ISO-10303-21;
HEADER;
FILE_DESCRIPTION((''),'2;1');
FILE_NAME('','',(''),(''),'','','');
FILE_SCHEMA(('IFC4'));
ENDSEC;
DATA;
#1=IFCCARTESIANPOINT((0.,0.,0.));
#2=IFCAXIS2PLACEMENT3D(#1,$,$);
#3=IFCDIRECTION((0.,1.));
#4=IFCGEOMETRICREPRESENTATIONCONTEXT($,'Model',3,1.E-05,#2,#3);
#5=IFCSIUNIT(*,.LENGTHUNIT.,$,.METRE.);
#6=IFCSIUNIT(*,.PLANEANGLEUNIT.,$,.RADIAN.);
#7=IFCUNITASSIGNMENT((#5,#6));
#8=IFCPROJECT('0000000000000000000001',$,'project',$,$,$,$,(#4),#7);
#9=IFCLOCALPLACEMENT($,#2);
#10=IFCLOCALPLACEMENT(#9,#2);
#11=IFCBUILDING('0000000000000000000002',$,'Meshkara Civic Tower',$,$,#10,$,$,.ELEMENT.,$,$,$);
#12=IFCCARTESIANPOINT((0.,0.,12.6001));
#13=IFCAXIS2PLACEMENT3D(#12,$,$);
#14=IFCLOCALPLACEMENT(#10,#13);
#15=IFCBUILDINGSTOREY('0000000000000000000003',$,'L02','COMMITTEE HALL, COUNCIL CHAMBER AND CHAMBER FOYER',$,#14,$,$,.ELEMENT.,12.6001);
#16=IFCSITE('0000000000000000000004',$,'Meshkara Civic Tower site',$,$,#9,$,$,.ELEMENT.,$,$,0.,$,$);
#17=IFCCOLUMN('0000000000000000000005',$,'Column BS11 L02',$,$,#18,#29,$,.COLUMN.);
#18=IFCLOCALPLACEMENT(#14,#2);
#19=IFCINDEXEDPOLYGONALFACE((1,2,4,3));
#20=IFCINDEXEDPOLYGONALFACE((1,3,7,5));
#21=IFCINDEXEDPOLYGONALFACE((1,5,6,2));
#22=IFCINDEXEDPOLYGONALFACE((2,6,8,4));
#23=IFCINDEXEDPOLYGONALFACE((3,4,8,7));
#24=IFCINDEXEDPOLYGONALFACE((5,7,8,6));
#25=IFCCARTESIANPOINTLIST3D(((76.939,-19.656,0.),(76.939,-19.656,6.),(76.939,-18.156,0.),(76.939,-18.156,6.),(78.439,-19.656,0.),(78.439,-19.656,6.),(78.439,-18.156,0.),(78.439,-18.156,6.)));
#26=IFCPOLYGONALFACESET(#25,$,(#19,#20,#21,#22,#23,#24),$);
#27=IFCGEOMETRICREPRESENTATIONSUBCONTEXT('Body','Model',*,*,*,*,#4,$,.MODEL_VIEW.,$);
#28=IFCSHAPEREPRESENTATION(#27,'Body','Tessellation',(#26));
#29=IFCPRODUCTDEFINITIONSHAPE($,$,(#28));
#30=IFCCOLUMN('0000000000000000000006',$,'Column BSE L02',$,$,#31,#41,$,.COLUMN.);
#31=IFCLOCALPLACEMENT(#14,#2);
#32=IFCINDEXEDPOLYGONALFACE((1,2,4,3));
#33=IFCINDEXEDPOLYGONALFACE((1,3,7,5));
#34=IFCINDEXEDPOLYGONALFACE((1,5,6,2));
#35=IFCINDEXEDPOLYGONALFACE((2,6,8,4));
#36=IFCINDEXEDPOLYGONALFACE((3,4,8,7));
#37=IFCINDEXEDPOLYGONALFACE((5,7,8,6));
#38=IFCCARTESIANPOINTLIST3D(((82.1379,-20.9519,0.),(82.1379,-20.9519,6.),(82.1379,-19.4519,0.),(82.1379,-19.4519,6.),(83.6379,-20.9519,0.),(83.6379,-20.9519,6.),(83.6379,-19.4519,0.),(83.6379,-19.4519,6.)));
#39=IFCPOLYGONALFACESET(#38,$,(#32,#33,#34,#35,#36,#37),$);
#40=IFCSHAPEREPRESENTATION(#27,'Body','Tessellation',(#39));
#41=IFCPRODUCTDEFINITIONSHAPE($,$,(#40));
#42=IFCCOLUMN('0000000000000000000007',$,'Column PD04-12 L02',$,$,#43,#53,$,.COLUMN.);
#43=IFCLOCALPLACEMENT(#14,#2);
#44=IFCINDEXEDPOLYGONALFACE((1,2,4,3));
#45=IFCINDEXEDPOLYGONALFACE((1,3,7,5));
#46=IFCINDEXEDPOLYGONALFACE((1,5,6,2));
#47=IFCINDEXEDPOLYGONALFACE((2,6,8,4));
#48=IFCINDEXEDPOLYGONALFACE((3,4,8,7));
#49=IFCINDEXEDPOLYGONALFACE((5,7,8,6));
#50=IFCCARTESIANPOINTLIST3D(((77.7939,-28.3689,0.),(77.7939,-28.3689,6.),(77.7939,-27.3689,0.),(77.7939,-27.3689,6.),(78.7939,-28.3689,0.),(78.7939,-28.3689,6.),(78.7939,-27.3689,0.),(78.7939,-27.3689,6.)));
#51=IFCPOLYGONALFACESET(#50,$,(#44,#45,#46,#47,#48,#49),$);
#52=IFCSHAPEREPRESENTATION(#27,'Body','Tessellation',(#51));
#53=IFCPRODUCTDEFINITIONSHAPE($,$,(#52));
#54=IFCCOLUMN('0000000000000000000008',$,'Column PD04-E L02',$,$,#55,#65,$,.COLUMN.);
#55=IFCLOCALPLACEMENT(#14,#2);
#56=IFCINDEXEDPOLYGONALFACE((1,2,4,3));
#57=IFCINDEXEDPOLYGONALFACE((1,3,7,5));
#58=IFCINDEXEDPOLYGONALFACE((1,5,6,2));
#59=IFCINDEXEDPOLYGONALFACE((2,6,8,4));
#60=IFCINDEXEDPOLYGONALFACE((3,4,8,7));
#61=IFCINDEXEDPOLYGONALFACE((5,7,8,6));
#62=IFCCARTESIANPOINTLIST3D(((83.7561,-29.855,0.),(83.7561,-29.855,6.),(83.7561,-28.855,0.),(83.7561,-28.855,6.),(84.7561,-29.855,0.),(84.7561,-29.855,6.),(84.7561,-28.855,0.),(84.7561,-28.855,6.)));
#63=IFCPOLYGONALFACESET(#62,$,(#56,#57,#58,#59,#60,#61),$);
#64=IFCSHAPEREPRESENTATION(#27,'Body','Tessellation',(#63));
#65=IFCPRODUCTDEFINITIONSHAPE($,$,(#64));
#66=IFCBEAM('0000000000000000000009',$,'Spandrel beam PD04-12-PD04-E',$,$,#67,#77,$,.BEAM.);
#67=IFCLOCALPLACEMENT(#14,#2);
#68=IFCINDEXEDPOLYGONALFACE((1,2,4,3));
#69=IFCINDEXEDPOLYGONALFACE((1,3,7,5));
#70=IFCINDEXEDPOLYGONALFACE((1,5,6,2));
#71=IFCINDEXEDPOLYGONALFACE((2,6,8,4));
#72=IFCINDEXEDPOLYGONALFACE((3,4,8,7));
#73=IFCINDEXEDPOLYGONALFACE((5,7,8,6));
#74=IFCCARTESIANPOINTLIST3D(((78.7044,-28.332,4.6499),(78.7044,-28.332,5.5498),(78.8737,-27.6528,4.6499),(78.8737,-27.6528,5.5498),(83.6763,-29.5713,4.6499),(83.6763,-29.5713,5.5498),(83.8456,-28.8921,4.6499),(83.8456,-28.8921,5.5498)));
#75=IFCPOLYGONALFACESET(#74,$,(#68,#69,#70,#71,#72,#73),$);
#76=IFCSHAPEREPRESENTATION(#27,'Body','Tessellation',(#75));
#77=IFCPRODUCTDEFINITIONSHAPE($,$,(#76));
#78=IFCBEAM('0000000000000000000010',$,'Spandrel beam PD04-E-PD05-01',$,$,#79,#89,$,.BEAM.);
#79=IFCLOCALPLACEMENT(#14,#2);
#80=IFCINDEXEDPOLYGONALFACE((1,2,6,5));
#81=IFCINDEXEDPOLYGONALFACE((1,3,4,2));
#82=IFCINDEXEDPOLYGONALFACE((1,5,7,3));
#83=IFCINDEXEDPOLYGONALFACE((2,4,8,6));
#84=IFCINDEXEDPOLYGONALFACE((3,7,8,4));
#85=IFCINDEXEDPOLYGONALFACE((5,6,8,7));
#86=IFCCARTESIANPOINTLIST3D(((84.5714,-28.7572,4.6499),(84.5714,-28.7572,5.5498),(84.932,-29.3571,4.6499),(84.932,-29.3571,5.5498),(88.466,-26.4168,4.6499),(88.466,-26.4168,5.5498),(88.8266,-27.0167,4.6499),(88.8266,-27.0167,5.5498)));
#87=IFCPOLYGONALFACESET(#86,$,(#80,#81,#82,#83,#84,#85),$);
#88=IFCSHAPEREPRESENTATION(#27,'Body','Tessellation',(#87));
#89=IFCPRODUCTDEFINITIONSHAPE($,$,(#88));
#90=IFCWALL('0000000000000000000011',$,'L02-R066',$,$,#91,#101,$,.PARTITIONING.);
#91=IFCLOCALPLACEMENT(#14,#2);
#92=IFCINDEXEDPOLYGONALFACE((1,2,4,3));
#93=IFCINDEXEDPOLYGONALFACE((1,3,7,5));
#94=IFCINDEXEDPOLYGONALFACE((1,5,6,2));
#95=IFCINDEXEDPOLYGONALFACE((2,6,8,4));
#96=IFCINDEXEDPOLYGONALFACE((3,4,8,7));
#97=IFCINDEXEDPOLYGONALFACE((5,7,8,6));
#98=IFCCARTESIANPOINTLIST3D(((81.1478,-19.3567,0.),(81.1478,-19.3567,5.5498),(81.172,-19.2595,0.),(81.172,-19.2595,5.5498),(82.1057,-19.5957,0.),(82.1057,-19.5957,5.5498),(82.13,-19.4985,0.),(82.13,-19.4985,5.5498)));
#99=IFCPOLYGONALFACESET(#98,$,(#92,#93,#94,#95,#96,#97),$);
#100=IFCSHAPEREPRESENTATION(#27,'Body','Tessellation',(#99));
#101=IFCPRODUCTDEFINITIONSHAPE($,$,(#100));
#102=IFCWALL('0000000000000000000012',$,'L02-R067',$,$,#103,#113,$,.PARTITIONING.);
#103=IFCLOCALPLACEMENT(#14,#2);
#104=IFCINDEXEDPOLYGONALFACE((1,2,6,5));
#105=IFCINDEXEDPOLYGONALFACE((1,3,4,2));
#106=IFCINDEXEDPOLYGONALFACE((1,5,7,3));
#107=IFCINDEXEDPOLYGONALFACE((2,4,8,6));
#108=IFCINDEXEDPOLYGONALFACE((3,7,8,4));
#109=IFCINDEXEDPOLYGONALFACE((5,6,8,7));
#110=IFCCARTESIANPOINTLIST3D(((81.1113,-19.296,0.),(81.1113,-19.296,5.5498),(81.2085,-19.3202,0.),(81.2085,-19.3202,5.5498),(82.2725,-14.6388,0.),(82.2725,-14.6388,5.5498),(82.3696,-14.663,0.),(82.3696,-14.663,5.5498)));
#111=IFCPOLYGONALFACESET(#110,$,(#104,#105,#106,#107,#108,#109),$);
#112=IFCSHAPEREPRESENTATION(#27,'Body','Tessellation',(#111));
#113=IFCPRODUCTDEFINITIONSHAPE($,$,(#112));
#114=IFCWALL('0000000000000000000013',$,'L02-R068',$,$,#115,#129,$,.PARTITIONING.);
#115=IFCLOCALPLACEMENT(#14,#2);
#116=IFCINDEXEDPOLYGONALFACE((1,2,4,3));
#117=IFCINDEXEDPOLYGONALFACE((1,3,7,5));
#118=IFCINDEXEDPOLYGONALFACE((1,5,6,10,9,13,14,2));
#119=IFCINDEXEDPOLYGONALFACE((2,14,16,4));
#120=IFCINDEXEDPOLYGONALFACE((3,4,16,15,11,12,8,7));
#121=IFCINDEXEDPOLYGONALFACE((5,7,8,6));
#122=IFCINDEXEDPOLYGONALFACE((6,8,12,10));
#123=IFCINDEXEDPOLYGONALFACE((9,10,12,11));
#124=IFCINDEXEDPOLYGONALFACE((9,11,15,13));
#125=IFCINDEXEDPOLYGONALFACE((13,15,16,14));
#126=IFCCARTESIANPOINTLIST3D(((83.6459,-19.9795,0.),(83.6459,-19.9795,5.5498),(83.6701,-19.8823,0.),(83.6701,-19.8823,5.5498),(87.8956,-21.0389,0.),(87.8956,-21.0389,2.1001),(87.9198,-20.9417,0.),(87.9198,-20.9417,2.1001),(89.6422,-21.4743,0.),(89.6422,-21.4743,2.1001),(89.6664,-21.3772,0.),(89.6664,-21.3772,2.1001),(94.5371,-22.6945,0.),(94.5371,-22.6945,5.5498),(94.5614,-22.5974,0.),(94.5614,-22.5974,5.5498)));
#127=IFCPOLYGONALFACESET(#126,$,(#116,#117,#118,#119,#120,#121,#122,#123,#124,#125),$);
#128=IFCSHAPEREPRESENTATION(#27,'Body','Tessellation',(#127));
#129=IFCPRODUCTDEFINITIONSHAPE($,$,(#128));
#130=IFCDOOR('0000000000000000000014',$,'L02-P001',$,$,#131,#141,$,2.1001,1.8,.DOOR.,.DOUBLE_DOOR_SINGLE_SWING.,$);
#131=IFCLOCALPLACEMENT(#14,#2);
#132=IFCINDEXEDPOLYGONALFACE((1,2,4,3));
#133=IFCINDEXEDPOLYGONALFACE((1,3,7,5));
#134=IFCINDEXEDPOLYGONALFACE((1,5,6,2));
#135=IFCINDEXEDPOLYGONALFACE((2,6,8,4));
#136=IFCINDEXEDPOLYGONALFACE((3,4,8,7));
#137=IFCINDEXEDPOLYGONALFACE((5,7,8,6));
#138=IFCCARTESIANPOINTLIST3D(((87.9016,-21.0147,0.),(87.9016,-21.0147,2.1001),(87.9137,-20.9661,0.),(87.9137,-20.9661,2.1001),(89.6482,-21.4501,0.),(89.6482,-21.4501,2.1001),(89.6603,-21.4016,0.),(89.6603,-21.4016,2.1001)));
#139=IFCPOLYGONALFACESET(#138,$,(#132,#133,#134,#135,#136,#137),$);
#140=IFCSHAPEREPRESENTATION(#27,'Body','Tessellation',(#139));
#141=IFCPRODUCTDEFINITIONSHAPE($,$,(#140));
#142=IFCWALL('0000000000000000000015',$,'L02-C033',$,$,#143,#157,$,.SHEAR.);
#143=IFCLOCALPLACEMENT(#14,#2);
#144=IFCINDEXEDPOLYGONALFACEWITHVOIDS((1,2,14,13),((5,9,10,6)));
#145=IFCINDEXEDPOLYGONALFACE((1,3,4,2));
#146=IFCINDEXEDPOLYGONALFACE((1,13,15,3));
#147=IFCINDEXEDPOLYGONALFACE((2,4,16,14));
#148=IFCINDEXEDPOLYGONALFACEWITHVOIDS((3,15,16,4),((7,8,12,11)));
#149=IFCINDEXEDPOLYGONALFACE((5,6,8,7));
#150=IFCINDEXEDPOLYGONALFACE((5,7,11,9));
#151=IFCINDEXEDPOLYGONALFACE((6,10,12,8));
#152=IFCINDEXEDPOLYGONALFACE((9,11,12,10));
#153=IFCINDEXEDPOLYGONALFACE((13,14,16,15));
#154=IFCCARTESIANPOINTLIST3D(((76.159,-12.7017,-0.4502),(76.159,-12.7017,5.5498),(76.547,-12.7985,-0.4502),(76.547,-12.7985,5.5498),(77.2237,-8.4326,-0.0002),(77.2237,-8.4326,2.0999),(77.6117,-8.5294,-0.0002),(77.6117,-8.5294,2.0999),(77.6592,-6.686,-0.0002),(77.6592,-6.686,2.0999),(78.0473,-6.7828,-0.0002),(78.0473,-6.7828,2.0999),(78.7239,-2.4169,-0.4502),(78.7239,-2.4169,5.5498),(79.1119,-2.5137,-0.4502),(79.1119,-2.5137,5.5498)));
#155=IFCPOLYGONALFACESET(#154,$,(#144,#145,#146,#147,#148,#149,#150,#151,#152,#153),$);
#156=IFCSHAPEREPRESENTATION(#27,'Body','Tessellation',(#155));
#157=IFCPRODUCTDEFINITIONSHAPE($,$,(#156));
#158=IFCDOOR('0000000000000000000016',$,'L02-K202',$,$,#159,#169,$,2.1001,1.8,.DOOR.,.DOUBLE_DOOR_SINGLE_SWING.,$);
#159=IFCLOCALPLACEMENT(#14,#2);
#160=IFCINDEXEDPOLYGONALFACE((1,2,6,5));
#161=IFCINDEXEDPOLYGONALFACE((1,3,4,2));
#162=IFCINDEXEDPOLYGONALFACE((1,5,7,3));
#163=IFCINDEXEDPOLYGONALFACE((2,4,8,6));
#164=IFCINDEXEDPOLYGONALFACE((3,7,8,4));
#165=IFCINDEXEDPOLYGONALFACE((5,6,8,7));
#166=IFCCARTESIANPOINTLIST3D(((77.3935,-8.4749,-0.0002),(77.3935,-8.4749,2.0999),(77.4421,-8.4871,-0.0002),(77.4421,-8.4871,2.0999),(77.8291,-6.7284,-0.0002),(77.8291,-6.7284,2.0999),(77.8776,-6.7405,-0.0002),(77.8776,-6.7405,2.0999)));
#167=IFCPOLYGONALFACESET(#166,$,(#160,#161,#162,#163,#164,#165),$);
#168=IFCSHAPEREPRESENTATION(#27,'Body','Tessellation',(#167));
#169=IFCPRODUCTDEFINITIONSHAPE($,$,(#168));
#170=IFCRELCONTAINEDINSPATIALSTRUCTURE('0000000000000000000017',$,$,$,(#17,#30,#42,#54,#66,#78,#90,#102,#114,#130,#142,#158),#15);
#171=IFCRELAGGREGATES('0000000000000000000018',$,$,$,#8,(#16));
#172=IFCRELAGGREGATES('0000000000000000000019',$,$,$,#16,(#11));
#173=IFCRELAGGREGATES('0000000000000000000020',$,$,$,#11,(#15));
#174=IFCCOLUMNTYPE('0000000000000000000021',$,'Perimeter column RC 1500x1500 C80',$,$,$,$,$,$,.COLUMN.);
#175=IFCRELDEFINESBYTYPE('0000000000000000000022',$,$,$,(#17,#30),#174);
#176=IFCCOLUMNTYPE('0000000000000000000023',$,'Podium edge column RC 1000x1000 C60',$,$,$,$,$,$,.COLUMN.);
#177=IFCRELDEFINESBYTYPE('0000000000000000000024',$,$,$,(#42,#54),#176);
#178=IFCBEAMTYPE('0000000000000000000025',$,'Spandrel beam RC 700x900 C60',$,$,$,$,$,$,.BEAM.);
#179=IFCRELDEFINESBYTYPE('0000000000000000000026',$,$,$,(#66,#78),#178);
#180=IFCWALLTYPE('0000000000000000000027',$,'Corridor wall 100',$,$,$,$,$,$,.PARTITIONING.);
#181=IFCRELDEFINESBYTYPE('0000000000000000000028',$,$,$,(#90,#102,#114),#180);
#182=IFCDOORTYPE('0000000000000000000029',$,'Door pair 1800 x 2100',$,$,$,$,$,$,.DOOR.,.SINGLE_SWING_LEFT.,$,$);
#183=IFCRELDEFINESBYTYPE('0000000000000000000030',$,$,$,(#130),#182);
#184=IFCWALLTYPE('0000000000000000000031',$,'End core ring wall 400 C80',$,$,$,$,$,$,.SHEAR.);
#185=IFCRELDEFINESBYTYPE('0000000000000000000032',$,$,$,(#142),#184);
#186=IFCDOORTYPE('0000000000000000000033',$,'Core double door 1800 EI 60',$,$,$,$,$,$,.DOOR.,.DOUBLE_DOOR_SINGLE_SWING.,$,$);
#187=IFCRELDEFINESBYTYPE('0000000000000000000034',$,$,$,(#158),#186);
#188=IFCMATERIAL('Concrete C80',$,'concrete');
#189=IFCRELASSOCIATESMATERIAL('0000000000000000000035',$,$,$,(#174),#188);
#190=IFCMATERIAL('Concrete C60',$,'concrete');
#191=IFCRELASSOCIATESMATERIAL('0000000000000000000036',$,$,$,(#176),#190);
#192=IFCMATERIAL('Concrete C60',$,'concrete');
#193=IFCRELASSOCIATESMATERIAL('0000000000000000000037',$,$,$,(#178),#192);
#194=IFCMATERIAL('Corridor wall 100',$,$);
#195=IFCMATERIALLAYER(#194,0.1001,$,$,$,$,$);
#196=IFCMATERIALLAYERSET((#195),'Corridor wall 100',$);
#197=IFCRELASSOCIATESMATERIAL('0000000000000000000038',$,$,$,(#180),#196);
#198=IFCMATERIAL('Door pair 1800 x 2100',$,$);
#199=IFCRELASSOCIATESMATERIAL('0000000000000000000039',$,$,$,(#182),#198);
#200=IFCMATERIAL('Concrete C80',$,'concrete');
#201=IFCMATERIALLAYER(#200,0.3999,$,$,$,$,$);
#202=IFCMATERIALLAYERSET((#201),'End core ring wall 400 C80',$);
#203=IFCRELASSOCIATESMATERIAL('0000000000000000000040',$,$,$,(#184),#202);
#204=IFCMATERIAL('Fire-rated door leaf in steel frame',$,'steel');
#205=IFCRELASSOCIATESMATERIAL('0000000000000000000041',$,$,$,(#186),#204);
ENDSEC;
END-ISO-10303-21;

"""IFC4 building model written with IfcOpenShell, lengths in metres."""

from ifc_helpers import new_model, si_unit, direction, frame, frame_2d, origin, origin_2d, place, context, subcontext, project, spatial, rectangle, extrude, material, layer, layer_set, material_profile, profile_set, type_object, element, fill, save


model = new_model("IFC4")

# Units and contexts
model_context = context("Model", 3, precision=1e-05, world=origin(), true_north=direction((0.0, 1.0)))
body_context = subcontext(model_context, "Body", "Model", "MODEL_VIEW")
ifc_project = project(units=[si_unit("LENGTHUNIT", "METRE"), si_unit("PLANEANGLEUNIT", "RADIAN")], contexts=[model_context])

# Site, building, storey
site_placement = place(None, origin())
site = spatial("IfcSite", under=ifc_project, at=site_placement, Name="Meshkara Civic Tower site", CompositionType="ELEMENT", RefElevation=0.0)
building_placement = place(site_placement, origin())
building = spatial("IfcBuilding", under=site, at=building_placement, Name="Meshkara Civic Tower", CompositionType="ELEMENT")
storey_placement = place(building_placement, frame((0.0, 0.0, 12.6001)))
storey = spatial("IfcBuildingStorey", under=building, at=storey_placement, Name="L02", Description="COMMITTEE HALL, COUNCIL CHAMBER AND CHAMBER FOYER", CompositionType="ELEMENT", Elevation=12.6001)

# Columns
ifc_material_1 = material(Name="Concrete C80", Category="concrete")
ifc_material_profile_1 = material_profile(ifc_material_1, rectangle(XDim=1.5, YDim=1.5, at=origin_2d()))
ifc_profile_set_1 = profile_set([ifc_material_profile_1], Name="Concrete C80")
column_type_1 = type_object("IfcColumnType", Name="Perimeter column RC 1500x1500 C80", PredefinedType="COLUMN", material=ifc_profile_set_1)
for number, where, z_axis, x_axis, name in (
    (1, (77.689, -18.906, 0.0), (0.0, 0.0, 1.0), (1.0, 0.0, 0.0), "Column BS11 L02"),
    (2, (82.8879, -20.2019, 0.0), (0.0, 0.0, 1.0), (1.0, 0.0, 0.0), "Column BSE L02"),
):
    element("IfcColumn", number, at=place(storey_placement, frame(where, z_axis=z_axis, x_axis=x_axis)), inside=storey, type_object=column_type_1, Name=name, PredefinedType="COLUMN", context=body_context, shape_type="SweptSolid", body=[
        extrude(rectangle(XDim=1.5, YDim=1.5, at=origin_2d()), origin(), (0.0, 0.0, 1.0), 6.0),
    ])
ifc_material_2 = material(Name="Concrete C60", Category="concrete")
ifc_material_profile_2 = material_profile(ifc_material_2, rectangle(XDim=1.0, YDim=1.0, at=origin_2d()))
ifc_profile_set_2 = profile_set([ifc_material_profile_2], Name="Concrete C60")
column_type_2 = type_object("IfcColumnType", Name="Podium edge column RC 1000x1000 C60", PredefinedType="COLUMN", material=ifc_profile_set_2)
for number, where, z_axis, x_axis, name in (
    (3, (78.2939, -27.8689, 0.0), (0.0, 0.0, 1.0), (1.0, 0.0, 0.0), "Column PD04-12 L02"),
    (4, (84.2561, -29.355, 0.0), (0.0, 0.0, 1.0), (1.0, 0.0, 0.0), "Column PD04-E L02"),
):
    element("IfcColumn", number, at=place(storey_placement, frame(where, z_axis=z_axis, x_axis=x_axis)), inside=storey, type_object=column_type_2, Name=name, PredefinedType="COLUMN", context=body_context, shape_type="SweptSolid", body=[
        extrude(rectangle(XDim=1.0, YDim=1.0, at=origin_2d()), origin(), (0.0, 0.0, 1.0), 6.0),
    ])

# Beams
ifc_material_3 = material(Name="Concrete C60", Category="concrete")
ifc_material_profile_3 = material_profile(ifc_material_3, rectangle(XDim=0.7, YDim=0.8999, at=origin_2d()))
ifc_profile_set_3 = profile_set([ifc_material_profile_3], Name="Concrete C60")
beam_type = type_object("IfcBeamType", Name="Spandrel beam RC 700x900 C60", PredefinedType="BEAM", material=ifc_profile_set_3)
beam_1_placement = place(storey_placement, frame((78.7891, -27.9924, 5.0999), z_axis=(0.970313, -0.241852, 0.0), x_axis=(0.241852, 0.970313, 0.0)))
element("IfcBeam", 5, at=beam_1_placement, inside=storey, type_object=beam_type, Name="Spandrel beam PD04-12-PD04-E", PredefinedType="BEAM", context=body_context, shape_type="SweptSolid", body=[
    extrude(rectangle(XDim=0.7, YDim=0.8999, at=origin_2d()), origin(), (0.0, 0.0, 1.0), 5.124),
])
beam_2_placement = place(storey_placement, frame((84.7517, -29.0571, 5.0999), z_axis=(0.857142, 0.51508, 0.0), x_axis=(-0.51508, 0.857142, 0.0)))
element("IfcBeam", 6, at=beam_2_placement, inside=storey, type_object=beam_type, Name="Spandrel beam PD04-E-PD05-01", PredefinedType="BEAM", context=body_context, shape_type="SweptSolid", body=[
    extrude(rectangle(XDim=0.7, YDim=0.8999, at=origin_2d()), origin(), (0.0, 0.0, 1.0), 4.5437),
])

# Walls
ifc_material_4 = material(Name="Corridor wall 100")
ifc_layer_1 = layer(ifc_material_4, 0.1001)
ifc_layer_set_1 = layer_set([ifc_layer_1], Name="Corridor wall 100")
wall_type_1 = type_object("IfcWallType", Name="Corridor wall 100", PredefinedType="PARTITIONING", material=ifc_layer_set_1)
wall_1_placement = place(storey_placement, frame((81.1599, -19.3081, 0.0), z_axis=(0.0, 0.0, 1.0), x_axis=(0.970259, -0.24207, 0.0)))
element("IfcWall", 7, at=wall_1_placement, inside=storey, type_object=wall_type_1, Name="L02-R066", PredefinedType="PARTITIONING", context=body_context, shape_type="SweptSolid", body=[
    extrude(rectangle(XDim=0.9873, YDim=0.1001, at=frame_2d((0.4937, 0.0))), origin(), (0.0, 0.0, 1.0), 5.5498),
])
wall_2_placement = place(storey_placement, frame((82.321, -14.6509, 0.0), z_axis=(0.0, 0.0, 1.0), x_axis=(-0.241913, -0.970298, 0.0)))
element("IfcWall", 8, at=wall_2_placement, inside=storey, type_object=wall_type_1, Name="L02-R067", PredefinedType="PARTITIONING", context=body_context, shape_type="SweptSolid", body=[
    extrude(rectangle(XDim=4.7998, YDim=0.1001, at=frame_2d((2.3999, 0.0))), origin(), (0.0, 0.0, 1.0), 5.5498),
])

# Walls, openings, doors
wall_3_placement = place(storey_placement, frame((83.658, -19.9309, 0.0), z_axis=(0.0, 0.0, 1.0), x_axis=(0.970305, -0.241886, 0.0)))
wall_3 = element("IfcWall", 9, at=wall_3_placement, inside=storey, type_object=wall_type_1, Name="L02-R068", PredefinedType="PARTITIONING", context=body_context, shape_type="SweptSolid", body=[
    extrude(rectangle(XDim=11.2246, YDim=0.1001, at=frame_2d((5.6123, 0.0))), origin(), (0.0, 0.0, 1.0), 5.5498),
])
opening_1_placement = place(wall_3_placement, frame((4.3799, 0.0, 0.0)))
opening_1 = element("IfcOpeningElement", 10, at=opening_1_placement, cuts=wall_3, PredefinedType="OPENING", context=body_context, shape_type="SweptSolid", body=[
    extrude(rectangle(XDim=1.8, YDim=2.1001, at=frame_2d((0.8999, 1.05))), frame((0.0, 0.0601, 0.0), z_axis=(0.0, -1.0, 0.0), x_axis=(1.0, 0.0, 0.0)), (0.0, 0.0, 1.0), 0.1201),
])
ifc_material_5 = material(Name="Door pair 1800 x 2100")
door_type_1 = type_object("IfcDoorType", Name="Door pair 1800 x 2100", OperationType="SINGLE_SWING_LEFT", PredefinedType="DOOR", material=ifc_material_5)
door_1_placement = place(opening_1_placement, origin())
door_1 = element("IfcDoor", 11, at=door_1_placement, inside=storey, type_object=door_type_1, Name="L02-P001", OperationType="DOUBLE_DOOR_SINGLE_SWING", OverallHeight=2.1001, OverallWidth=1.8, PredefinedType="DOOR", context=body_context, shape_type="SweptSolid", body=[
    extrude(rectangle(XDim=1.8, YDim=2.1001, at=frame_2d((0.8999, 1.05))), frame((0.0, 0.0249, 0.0), z_axis=(0.0, -1.0, 0.0), x_axis=(1.0, 0.0, 0.0)), (0.0, 0.0, 1.0), 0.05),
])
fill(opening_1, door_1)
ifc_material_6 = material(Name="Concrete C80", Category="concrete")
ifc_layer_2 = layer(ifc_material_6, 0.3999)
ifc_layer_set_2 = layer_set([ifc_layer_2], Name="End core ring wall 400 C80")
wall_type_2 = type_object("IfcWallType", Name="End core ring wall 400 C80", PredefinedType="SHEAR", material=ifc_layer_set_2)
wall_4_placement = place(storey_placement, frame((76.353, -12.75, -0.4502), z_axis=(0.0, 0.0, 1.0), x_axis=(0.241977, 0.970282, 0.0)))
wall_4 = element("IfcWall", 12, at=wall_4_placement, inside=storey, type_object=wall_type_2, Name="L02-C033", PredefinedType="SHEAR", context=body_context, shape_type="SweptSolid", body=[
    extrude(rectangle(XDim=10.5999, YDim=0.3999, at=frame_2d((5.2998, 0.0))), origin(), (0.0, 0.0, 1.0), 6.0),
])
opening_2_placement = place(wall_4_placement, frame((4.3999, 0.0, 0.45)))
opening_2 = element("IfcOpeningElement", 13, at=opening_2_placement, cuts=wall_4, PredefinedType="OPENING", context=body_context, shape_type="SweptSolid", body=[
    extrude(rectangle(XDim=1.8, YDim=2.1001, at=frame_2d((0.8999, 1.05))), frame((0.0, 0.21, 0.0), z_axis=(0.0, -1.0, 0.0), x_axis=(1.0, 0.0, 0.0)), (0.0, 0.0, 1.0), 0.4199),
])
ifc_material_7 = material(Name="Fire-rated door leaf in steel frame", Category="steel")
door_type_2 = type_object("IfcDoorType", Name="Core double door 1800 EI 60", OperationType="DOUBLE_DOOR_SINGLE_SWING", PredefinedType="DOOR", material=ifc_material_7)
door_2_placement = place(opening_2_placement, origin())
door_2 = element("IfcDoor", 14, at=door_2_placement, inside=storey, type_object=door_type_2, Name="L02-K202", OperationType="DOUBLE_DOOR_SINGLE_SWING", OverallHeight=2.1001, OverallWidth=1.8, PredefinedType="DOOR", context=body_context, shape_type="SweptSolid", body=[
    extrude(rectangle(XDim=1.8, YDim=2.1001, at=frame_2d((0.8999, 1.05))), frame((0.0, 0.0249, 0.0), z_axis=(0.0, -1.0, 0.0), x_axis=(1.0, 0.0, 0.0)), (0.0, 0.0, 1.0), 0.05),
])
fill(opening_2, door_2)

save(model, "model.ifc")
